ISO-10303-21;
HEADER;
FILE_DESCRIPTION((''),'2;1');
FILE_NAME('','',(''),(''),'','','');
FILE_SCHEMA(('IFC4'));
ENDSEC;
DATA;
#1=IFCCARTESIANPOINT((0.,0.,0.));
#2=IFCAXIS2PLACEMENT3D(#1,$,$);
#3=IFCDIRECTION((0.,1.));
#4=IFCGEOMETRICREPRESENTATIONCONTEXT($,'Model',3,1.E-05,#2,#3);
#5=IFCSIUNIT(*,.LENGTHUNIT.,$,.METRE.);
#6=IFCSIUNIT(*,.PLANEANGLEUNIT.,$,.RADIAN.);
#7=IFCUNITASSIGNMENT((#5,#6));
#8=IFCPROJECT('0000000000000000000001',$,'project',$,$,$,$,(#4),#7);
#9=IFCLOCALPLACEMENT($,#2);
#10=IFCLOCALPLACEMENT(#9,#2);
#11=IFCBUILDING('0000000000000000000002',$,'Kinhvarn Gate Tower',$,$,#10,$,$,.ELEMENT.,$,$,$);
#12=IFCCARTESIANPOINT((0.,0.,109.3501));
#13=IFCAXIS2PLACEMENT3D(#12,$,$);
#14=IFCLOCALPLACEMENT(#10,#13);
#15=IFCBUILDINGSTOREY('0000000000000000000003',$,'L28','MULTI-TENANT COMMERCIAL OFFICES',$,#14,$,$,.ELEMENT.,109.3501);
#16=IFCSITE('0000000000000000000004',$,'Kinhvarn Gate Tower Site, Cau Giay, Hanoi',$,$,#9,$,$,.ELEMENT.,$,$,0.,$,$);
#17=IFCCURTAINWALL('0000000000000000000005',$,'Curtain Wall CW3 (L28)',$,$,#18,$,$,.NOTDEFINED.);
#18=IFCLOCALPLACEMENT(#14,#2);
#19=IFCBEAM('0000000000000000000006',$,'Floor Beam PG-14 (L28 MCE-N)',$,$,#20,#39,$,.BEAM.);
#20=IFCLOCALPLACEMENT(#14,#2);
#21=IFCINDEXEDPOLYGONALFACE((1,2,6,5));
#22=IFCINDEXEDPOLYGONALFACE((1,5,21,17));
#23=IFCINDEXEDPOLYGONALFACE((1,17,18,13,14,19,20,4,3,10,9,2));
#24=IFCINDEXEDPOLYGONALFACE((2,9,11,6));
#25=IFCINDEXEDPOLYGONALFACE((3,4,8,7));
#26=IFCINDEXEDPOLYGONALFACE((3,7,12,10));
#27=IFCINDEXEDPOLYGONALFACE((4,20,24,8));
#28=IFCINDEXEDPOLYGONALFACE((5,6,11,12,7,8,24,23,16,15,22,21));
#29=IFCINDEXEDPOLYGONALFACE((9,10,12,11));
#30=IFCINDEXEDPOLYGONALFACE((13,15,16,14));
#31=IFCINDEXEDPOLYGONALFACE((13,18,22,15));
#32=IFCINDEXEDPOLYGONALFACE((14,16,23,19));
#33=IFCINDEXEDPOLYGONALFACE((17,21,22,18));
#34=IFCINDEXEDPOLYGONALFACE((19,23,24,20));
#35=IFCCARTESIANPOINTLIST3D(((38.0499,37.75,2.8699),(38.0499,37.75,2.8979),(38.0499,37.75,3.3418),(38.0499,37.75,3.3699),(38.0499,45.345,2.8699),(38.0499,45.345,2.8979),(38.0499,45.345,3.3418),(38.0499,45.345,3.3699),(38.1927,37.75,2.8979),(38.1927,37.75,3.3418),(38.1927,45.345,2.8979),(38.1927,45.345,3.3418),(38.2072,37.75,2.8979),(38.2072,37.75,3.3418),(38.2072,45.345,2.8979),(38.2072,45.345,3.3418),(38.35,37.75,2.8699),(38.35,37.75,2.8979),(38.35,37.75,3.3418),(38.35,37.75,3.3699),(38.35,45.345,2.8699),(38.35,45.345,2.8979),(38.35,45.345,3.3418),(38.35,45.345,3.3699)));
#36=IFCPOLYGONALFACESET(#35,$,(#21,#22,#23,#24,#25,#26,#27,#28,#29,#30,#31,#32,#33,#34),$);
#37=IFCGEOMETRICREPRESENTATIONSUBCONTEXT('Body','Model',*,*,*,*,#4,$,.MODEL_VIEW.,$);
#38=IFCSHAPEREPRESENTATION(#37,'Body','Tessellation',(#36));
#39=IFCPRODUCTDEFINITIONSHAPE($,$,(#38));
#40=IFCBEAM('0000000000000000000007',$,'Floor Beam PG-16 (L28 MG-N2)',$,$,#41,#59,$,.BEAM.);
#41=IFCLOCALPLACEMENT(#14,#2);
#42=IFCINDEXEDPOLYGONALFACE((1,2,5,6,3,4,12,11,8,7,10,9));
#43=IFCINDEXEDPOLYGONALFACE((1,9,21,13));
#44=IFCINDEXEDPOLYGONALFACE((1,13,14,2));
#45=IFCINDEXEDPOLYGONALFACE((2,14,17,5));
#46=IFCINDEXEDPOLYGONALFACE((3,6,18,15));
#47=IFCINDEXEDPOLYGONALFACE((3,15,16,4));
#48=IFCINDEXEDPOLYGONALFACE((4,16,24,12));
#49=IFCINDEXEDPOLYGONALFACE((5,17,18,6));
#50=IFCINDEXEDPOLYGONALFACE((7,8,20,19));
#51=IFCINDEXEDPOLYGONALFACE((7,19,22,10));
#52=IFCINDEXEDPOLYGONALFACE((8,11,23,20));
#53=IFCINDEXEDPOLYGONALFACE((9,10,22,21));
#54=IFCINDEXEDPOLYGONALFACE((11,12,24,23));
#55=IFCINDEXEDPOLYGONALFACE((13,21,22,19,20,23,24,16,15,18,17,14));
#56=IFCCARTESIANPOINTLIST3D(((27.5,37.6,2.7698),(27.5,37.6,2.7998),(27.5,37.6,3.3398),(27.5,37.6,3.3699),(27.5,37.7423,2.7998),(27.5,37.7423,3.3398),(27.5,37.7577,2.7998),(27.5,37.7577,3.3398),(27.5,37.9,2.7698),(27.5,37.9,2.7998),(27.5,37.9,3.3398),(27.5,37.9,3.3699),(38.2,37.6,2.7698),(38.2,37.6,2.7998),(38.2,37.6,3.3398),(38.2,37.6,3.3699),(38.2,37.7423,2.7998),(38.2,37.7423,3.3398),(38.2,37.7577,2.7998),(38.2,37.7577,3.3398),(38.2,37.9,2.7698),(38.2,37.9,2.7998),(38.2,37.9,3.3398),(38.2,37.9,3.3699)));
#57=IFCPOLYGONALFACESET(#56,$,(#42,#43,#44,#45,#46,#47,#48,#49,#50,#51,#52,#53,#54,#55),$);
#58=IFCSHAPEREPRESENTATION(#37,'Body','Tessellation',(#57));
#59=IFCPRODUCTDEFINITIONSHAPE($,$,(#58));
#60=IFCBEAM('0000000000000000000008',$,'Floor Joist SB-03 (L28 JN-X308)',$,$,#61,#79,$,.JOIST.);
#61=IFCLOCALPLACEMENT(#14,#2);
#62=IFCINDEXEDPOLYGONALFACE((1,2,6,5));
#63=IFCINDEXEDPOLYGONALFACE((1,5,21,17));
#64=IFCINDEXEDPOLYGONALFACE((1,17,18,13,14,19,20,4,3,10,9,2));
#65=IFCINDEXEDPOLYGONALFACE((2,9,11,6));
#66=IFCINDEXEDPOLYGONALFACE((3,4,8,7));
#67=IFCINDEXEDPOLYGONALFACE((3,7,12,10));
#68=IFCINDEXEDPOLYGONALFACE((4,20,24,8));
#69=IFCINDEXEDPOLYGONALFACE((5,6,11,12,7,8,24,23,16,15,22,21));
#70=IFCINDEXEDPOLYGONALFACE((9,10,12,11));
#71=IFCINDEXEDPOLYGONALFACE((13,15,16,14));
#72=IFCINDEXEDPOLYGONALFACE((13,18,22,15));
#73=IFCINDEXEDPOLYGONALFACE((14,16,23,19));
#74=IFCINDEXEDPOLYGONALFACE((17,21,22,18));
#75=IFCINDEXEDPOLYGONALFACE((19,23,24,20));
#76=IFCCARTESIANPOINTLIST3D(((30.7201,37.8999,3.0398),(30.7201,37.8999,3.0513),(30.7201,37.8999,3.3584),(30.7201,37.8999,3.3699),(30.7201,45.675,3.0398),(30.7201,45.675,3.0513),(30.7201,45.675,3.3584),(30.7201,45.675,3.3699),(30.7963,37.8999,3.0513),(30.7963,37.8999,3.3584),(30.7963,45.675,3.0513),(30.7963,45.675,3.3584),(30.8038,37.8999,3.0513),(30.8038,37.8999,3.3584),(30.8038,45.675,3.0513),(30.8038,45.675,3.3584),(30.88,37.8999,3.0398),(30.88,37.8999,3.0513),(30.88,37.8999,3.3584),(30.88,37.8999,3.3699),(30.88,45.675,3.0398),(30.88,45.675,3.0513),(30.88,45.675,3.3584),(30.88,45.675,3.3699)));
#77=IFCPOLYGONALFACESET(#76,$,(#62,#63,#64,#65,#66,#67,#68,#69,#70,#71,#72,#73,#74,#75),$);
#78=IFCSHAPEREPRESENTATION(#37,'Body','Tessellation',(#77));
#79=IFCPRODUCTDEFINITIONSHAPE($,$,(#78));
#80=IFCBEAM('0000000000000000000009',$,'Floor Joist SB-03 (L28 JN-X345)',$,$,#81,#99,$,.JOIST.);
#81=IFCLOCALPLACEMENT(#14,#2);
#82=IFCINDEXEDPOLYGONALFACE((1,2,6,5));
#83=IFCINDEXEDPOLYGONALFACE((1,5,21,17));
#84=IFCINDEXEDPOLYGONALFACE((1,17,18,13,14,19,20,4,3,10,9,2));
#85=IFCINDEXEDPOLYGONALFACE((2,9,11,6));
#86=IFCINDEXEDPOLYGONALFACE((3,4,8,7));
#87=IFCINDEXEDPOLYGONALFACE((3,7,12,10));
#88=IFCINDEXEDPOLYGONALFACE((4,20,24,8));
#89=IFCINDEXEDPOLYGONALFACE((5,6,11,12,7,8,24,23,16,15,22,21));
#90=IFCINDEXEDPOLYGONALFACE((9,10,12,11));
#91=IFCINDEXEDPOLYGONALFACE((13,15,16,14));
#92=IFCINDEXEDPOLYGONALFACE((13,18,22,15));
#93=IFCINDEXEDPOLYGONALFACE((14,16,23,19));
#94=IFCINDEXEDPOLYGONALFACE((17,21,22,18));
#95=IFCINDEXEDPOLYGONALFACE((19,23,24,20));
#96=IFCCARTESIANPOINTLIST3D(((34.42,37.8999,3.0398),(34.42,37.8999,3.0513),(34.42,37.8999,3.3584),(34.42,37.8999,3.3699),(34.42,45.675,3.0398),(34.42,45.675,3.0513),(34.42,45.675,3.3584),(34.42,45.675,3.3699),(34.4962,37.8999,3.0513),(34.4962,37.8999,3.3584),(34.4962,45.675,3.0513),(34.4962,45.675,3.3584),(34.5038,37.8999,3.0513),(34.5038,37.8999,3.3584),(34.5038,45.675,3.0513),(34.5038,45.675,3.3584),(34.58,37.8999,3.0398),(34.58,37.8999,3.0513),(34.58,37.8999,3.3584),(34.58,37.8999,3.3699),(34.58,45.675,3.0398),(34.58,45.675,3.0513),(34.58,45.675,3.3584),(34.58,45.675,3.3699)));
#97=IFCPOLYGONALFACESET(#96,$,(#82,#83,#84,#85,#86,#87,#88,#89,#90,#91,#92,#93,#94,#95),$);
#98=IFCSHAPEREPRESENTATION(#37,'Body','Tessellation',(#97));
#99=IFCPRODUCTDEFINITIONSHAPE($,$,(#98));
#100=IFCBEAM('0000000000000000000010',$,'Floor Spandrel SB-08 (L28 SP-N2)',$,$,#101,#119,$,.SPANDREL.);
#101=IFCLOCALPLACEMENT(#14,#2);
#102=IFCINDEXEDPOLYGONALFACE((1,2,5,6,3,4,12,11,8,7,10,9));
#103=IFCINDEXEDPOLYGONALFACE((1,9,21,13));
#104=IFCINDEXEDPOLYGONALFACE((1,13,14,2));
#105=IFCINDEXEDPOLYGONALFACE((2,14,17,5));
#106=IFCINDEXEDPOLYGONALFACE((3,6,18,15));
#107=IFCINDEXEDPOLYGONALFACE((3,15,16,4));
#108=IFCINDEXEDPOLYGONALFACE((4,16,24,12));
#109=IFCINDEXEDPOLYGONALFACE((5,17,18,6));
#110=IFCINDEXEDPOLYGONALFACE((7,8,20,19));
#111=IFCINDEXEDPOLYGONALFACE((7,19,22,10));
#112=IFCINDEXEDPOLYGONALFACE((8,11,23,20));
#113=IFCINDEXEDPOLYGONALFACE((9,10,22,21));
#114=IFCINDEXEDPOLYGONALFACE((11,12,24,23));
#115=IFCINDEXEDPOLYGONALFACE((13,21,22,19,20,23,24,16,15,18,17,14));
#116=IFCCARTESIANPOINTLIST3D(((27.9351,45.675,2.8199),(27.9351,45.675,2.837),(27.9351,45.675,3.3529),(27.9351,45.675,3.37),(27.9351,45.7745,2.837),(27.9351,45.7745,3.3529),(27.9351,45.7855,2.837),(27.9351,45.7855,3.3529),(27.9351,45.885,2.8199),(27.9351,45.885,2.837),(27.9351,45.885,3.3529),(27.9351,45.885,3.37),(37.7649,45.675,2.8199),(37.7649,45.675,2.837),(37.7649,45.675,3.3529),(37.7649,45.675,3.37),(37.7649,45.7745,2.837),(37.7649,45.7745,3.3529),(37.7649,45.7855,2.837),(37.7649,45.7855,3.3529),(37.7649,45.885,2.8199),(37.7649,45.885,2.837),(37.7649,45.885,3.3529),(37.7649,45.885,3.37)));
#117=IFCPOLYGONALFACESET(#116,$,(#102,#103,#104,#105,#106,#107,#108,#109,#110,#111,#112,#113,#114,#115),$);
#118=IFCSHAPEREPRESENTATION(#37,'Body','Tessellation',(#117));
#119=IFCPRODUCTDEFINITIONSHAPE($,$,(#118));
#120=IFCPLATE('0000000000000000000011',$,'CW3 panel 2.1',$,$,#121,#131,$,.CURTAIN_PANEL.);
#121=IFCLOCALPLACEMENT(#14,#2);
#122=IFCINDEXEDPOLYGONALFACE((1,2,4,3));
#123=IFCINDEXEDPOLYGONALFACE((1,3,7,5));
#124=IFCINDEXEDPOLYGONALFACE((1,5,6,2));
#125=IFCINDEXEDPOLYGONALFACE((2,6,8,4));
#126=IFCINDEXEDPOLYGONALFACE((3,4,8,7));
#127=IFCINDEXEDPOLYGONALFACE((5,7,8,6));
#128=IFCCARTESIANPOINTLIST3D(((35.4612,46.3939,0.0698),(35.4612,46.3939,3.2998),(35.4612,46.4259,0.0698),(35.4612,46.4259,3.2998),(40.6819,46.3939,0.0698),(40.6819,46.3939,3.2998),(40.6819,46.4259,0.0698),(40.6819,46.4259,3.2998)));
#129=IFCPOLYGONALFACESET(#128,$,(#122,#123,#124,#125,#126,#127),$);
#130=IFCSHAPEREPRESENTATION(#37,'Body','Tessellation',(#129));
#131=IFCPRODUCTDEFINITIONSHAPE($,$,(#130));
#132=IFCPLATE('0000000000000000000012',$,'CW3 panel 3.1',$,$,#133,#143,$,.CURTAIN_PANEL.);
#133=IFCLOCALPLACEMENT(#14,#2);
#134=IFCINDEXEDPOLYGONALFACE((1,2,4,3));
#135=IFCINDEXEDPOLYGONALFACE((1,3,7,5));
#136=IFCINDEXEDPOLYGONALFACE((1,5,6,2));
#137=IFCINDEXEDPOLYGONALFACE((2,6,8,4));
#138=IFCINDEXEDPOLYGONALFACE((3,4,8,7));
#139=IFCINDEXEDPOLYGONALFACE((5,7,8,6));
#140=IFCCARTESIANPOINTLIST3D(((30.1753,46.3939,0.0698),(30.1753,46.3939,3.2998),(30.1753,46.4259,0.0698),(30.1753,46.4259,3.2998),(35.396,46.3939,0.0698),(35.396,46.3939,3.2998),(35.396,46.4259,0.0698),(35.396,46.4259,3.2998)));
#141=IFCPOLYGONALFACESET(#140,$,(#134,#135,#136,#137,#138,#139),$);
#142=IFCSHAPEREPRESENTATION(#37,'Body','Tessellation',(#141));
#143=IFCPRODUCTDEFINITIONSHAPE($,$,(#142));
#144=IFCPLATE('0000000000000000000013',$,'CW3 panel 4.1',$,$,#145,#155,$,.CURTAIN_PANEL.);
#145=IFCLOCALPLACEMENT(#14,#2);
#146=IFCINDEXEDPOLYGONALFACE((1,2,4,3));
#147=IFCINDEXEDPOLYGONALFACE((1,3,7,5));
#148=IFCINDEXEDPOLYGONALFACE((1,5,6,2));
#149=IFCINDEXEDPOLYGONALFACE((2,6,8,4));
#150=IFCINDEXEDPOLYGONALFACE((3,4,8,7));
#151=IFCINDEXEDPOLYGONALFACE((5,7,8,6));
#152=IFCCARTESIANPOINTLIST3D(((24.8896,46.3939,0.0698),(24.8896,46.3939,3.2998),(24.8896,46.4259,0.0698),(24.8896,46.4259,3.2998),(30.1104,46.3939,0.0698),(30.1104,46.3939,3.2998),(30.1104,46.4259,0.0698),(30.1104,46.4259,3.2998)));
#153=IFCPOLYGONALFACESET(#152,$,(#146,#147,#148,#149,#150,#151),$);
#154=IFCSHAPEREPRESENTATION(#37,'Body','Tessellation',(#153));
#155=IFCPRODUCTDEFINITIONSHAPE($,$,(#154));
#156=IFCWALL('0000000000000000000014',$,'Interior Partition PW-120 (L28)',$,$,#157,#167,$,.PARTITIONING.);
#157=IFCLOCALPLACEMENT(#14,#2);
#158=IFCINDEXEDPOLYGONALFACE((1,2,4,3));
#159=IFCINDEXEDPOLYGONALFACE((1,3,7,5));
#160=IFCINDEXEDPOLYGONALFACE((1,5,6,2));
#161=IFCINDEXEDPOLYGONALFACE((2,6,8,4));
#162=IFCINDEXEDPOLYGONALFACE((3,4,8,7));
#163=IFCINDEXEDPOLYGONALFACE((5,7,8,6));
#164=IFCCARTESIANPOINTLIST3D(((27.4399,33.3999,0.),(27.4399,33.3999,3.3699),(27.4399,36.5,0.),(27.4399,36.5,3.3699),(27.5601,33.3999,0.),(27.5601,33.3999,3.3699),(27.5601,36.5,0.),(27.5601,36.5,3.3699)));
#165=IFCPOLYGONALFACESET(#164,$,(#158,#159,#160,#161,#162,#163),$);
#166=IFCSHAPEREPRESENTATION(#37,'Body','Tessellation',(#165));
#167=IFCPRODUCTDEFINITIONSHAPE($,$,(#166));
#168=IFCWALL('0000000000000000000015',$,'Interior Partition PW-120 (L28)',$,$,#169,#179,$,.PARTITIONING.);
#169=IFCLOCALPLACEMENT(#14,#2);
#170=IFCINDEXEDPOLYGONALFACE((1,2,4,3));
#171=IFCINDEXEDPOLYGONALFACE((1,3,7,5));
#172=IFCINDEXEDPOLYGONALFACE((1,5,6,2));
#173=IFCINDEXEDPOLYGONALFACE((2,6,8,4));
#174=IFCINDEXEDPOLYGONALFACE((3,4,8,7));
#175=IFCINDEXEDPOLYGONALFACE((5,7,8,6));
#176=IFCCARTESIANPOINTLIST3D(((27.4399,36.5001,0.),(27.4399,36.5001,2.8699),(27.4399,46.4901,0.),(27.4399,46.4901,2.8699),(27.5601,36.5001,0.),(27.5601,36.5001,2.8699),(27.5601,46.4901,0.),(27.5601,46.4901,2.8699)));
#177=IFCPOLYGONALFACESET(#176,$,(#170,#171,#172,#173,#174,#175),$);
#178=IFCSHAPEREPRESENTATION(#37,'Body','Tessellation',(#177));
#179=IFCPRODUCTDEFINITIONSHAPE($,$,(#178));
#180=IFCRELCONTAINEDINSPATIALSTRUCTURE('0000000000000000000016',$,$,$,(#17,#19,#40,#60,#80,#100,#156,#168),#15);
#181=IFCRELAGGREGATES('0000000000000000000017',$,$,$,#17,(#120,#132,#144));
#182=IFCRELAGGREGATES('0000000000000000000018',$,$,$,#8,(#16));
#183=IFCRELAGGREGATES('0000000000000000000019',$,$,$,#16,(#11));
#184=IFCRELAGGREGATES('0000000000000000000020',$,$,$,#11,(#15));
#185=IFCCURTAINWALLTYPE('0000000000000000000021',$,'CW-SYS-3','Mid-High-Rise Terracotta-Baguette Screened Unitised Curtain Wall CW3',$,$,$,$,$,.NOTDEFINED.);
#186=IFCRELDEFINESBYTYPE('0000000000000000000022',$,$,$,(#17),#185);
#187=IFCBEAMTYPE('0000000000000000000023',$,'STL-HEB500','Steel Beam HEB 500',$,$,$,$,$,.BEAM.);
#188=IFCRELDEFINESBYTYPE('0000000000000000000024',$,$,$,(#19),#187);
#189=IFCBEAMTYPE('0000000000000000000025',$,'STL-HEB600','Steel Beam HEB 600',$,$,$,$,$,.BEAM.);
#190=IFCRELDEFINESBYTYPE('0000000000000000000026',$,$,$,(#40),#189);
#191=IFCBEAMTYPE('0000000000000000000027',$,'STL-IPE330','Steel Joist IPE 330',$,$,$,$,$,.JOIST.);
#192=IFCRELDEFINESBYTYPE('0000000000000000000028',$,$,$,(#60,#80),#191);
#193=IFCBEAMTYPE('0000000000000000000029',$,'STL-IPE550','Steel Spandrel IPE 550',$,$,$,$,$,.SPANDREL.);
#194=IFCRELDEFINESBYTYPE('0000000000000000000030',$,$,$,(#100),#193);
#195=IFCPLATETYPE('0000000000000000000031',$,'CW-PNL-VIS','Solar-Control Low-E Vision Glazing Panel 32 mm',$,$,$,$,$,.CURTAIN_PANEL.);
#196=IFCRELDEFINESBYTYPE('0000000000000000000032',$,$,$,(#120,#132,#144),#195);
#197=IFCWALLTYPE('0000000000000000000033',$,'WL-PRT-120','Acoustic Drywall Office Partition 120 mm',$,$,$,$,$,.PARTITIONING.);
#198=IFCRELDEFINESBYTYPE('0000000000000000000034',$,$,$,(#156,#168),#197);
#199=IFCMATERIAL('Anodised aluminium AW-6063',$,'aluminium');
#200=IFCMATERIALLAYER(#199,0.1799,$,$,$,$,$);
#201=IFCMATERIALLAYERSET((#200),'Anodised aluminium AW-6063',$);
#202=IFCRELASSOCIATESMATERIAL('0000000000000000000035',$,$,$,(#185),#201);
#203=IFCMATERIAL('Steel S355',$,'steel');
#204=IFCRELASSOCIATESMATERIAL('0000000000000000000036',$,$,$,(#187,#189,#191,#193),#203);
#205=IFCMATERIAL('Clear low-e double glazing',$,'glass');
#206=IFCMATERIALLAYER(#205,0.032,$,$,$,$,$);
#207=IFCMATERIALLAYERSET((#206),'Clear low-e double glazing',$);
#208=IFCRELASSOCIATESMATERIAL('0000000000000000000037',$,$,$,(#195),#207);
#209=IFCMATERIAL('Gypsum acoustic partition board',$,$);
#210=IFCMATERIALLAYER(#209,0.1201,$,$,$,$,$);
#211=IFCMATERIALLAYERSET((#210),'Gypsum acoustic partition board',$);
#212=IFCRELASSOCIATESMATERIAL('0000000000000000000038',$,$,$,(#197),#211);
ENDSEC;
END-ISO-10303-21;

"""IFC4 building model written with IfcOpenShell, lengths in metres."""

from ifc_helpers import new_model, si_unit, direction, frame, frame_2d, origin, origin_2d, place, context, subcontext, project, spatial, rectangle, i_section, extrude, material, layer, layer_set, material_profile, profile_set, type_object, element, aggregate, save


model = new_model("IFC4")

# Units and contexts
model_context = context("Model", 3, precision=1e-05, world=origin(), true_north=direction((0.0, 1.0)))
body_context = subcontext(model_context, "Body", "Model", "MODEL_VIEW")
ifc_project = project(units=[si_unit("LENGTHUNIT", "METRE"), si_unit("PLANEANGLEUNIT", "RADIAN")], contexts=[model_context])

# Site, building, storey
site_placement = place(None, origin())
site = spatial("IfcSite", under=ifc_project, at=site_placement, Name="Kinhvarn Gate Tower Site, Cau Giay, Hanoi", CompositionType="ELEMENT", RefElevation=0.0)
building_placement = place(site_placement, origin())
building = spatial("IfcBuilding", under=site, at=building_placement, Name="Kinhvarn Gate Tower", CompositionType="ELEMENT")
storey_placement = place(building_placement, frame((0.0, 0.0, 109.3501)))
storey = spatial("IfcBuildingStorey", under=building, at=storey_placement, Name="L28", Description="MULTI-TENANT COMMERCIAL OFFICES", CompositionType="ELEMENT", Elevation=109.3501)

# Curtain wall
ifc_material_1 = material(Name="Anodised aluminium AW-6063", Category="aluminium")
ifc_layer_1 = layer(ifc_material_1, 0.1799)
ifc_layer_set_1 = layer_set([ifc_layer_1], Name="Anodised aluminium AW-6063")
curtain_wall_type = type_object("IfcCurtainWallType", Name="CW-SYS-3", Description="Mid-High-Rise Terracotta-Baguette Screened Unitised Curtain Wall CW3", PredefinedType="NOTDEFINED", material=ifc_layer_set_1)
curtain_wall_placement = place(storey_placement, origin())
curtain_wall = element("IfcCurtainWall", 1, at=curtain_wall_placement, inside=storey, type_object=curtain_wall_type, Name="Curtain Wall CW3 (L28)", PredefinedType="NOTDEFINED")

# Beams
ifc_material_2 = material(Name="Steel S355", Category="steel")
ifc_material_profile_1 = material_profile(ifc_material_2, i_section(OverallWidth=0.3, OverallDepth=0.5, WebThickness=0.0144, FlangeThickness=0.0281, at=origin_2d()), Name="HEB 500")
ifc_profile_set_1 = profile_set([ifc_material_profile_1], Name="Steel S355")
beam_type_1 = type_object("IfcBeamType", Name="STL-HEB500", Description="Steel Beam HEB 500", PredefinedType="BEAM", material=ifc_profile_set_1)
for number, where, z_axis, x_axis, name in (
    (2, (38.2, 37.75, 3.1199), (0.0, 1.0, 0.0), (-1.0, 0.0, 0.0), "Floor Beam PG-14 (L28 MCE-N)"),
):
    element("IfcBeam", number, at=place(storey_placement, frame(where, z_axis=z_axis, x_axis=x_axis)), inside=storey, type_object=beam_type_1, Name=name, PredefinedType="BEAM", context=body_context, shape_type="SweptSolid", body=[
        extrude(i_section(OverallWidth=0.3, OverallDepth=0.5, WebThickness=0.0144, FlangeThickness=0.0281, at=origin_2d()), origin(), (0.0, 0.0, 1.0), 7.595),
    ])
ifc_material_profile_2 = material_profile(ifc_material_2, i_section(OverallWidth=0.3, OverallDepth=0.6001, WebThickness=0.0154, FlangeThickness=0.03, at=origin_2d()), Name="HEB 600")
ifc_profile_set_2 = profile_set([ifc_material_profile_2], Name="Steel S355")
beam_type_2 = type_object("IfcBeamType", Name="STL-HEB600", Description="Steel Beam HEB 600", PredefinedType="BEAM", material=ifc_profile_set_2)
beam_1_placement = place(storey_placement, frame((27.5, 37.75, 3.0698), z_axis=(1.0, 0.0, 0.0), x_axis=(0.0, 1.0, 0.0)))
element("IfcBeam", 3, at=beam_1_placement, inside=storey, type_object=beam_type_2, Name="Floor Beam PG-16 (L28 MG-N2)", PredefinedType="BEAM", context=body_context, shape_type="SweptSolid", body=[
    extrude(i_section(OverallWidth=0.3, OverallDepth=0.6001, WebThickness=0.0154, FlangeThickness=0.03, at=origin_2d()), origin(), (0.0, 0.0, 1.0), 10.7),
])
ifc_material_profile_3 = material_profile(ifc_material_2, i_section(OverallWidth=0.1599, OverallDepth=0.3301, WebThickness=0.0076, FlangeThickness=0.0115, at=origin_2d()), Name="IPE 330")
ifc_profile_set_3 = profile_set([ifc_material_profile_3], Name="Steel S355")
beam_type_3 = type_object("IfcBeamType", Name="STL-IPE330", Description="Steel Joist IPE 330", PredefinedType="JOIST", material=ifc_profile_set_3)
for number, where, z_axis, x_axis, name in (
    (4, (30.8, 37.8999, 3.2048), (0.0, 1.0, 0.0), (-1.0, 0.0, 0.0), "Floor Joist SB-03 (L28 JN-X308)"),
    (5, (34.5, 37.8999, 3.2048), (0.0, 1.0, 0.0), (-1.0, 0.0, 0.0), "Floor Joist SB-03 (L28 JN-X345)"),
):
    element("IfcBeam", number, at=place(storey_placement, frame(where, z_axis=z_axis, x_axis=x_axis)), inside=storey, type_object=beam_type_3, Name=name, PredefinedType="JOIST", context=body_context, shape_type="SweptSolid", body=[
        extrude(i_section(OverallWidth=0.1599, OverallDepth=0.3301, WebThickness=0.0076, FlangeThickness=0.0115, at=origin_2d()), origin(), (0.0, 0.0, 1.0), 7.7751),
    ])
ifc_material_profile_4 = material_profile(ifc_material_2, i_section(OverallWidth=0.21, OverallDepth=0.55, WebThickness=0.011, FlangeThickness=0.0171, at=origin_2d()), Name="IPE 550")
ifc_profile_set_4 = profile_set([ifc_material_profile_4], Name="Steel S355")
beam_type_4 = type_object("IfcBeamType", Name="STL-IPE550", Description="Steel Spandrel IPE 550", PredefinedType="SPANDREL", material=ifc_profile_set_4)
beam_2_placement = place(storey_placement, frame((27.9351, 45.78, 3.095), z_axis=(1.0, 0.0, 0.0), x_axis=(0.0, 1.0, 0.0)))
element("IfcBeam", 6, at=beam_2_placement, inside=storey, type_object=beam_type_4, Name="Floor Spandrel SB-08 (L28 SP-N2)", PredefinedType="SPANDREL", context=body_context, shape_type="SweptSolid", body=[
    extrude(i_section(OverallWidth=0.21, OverallDepth=0.55, WebThickness=0.011, FlangeThickness=0.0171, at=origin_2d()), origin(), (0.0, 0.0, 1.0), 9.8298),
])

# Plates
ifc_material_3 = material(Name="Clear low-e double glazing", Category="glass")
ifc_layer_2 = layer(ifc_material_3, 0.032)
ifc_layer_set_2 = layer_set([ifc_layer_2], Name="Clear low-e double glazing")
plate_type = type_object("IfcPlateType", Name="CW-PNL-VIS", Description="Solar-Control Low-E Vision Glazing Panel 32 mm", PredefinedType="CURTAIN_PANEL", material=ifc_layer_set_2)
plate_1_placement = place(storey_placement, frame((38.0715, 46.4099, 0.0698), z_axis=(0.0, 0.0, 1.0), x_axis=(-1.0, 0.0, 0.0)))
plate_1 = element("IfcPlate", 7, at=plate_1_placement, type_object=plate_type, Name="CW3 panel 2.1", PredefinedType="CURTAIN_PANEL", context=body_context, shape_type="SweptSolid", body=[
    extrude(rectangle(XDim=5.2207, YDim=0.032, at=origin_2d()), origin(), (0.0, 0.0, 1.0), 3.23),
])
plate_2_placement = place(storey_placement, frame((32.7856, 46.4099, 0.0698), z_axis=(0.0, 0.0, 1.0), x_axis=(-1.0, 0.0, 0.0)))
plate_2 = element("IfcPlate", 8, at=plate_2_placement, type_object=plate_type, Name="CW3 panel 3.1", PredefinedType="CURTAIN_PANEL", context=body_context, shape_type="SweptSolid", body=[
    extrude(rectangle(XDim=5.2207, YDim=0.032, at=origin_2d()), origin(), (0.0, 0.0, 1.0), 3.23),
])
plate_3_placement = place(storey_placement, frame((27.5, 46.4099, 0.0698), z_axis=(0.0, 0.0, 1.0), x_axis=(-1.0, 0.0, 0.0)))
plate_3 = element("IfcPlate", 9, at=plate_3_placement, type_object=plate_type, Name="CW3 panel 4.1", PredefinedType="CURTAIN_PANEL", context=body_context, shape_type="SweptSolid", body=[
    extrude(rectangle(XDim=5.2207, YDim=0.032, at=origin_2d()), origin(), (0.0, 0.0, 1.0), 3.23),
])
aggregate(curtain_wall, [plate_1, plate_2, plate_3])

# Walls
ifc_material_4 = material(Name="Gypsum acoustic partition board")
ifc_layer_3 = layer(ifc_material_4, 0.1201)
ifc_layer_set_3 = layer_set([ifc_layer_3], Name="Gypsum acoustic partition board")
wall_type = type_object("IfcWallType", Name="WL-PRT-120", Description="Acoustic Drywall Office Partition 120 mm", PredefinedType="PARTITIONING", material=ifc_layer_set_3)
wall_1_placement = place(storey_placement, frame((27.5, 33.3999, 0.0), z_axis=(0.0, 0.0, 1.0), x_axis=(0.0, 1.0, 0.0)))
element("IfcWall", 10, at=wall_1_placement, inside=storey, type_object=wall_type, Name="Interior Partition PW-120 (L28)", PredefinedType="PARTITIONING", context=body_context, shape_type="SweptSolid", body=[
    extrude(rectangle(XDim=3.1001, YDim=0.1201, at=frame_2d((1.55, 0.0))), origin(), (0.0, 0.0, 1.0), 3.3699),
])
wall_2_placement = place(storey_placement, frame((27.5, 36.5, 0.0), z_axis=(0.0, 0.0, 1.0), x_axis=(0.0, 1.0, 0.0)))
element("IfcWall", 11, at=wall_2_placement, inside=storey, type_object=wall_type, Name="Interior Partition PW-120 (L28)", PredefinedType="PARTITIONING", context=body_context, shape_type="SweptSolid", body=[
    extrude(rectangle(XDim=9.99, YDim=0.1201, at=frame_2d((4.9951, 0.0))), origin(), (0.0, 0.0, 1.0), 2.8699),
])

save(model, "model.ifc")
